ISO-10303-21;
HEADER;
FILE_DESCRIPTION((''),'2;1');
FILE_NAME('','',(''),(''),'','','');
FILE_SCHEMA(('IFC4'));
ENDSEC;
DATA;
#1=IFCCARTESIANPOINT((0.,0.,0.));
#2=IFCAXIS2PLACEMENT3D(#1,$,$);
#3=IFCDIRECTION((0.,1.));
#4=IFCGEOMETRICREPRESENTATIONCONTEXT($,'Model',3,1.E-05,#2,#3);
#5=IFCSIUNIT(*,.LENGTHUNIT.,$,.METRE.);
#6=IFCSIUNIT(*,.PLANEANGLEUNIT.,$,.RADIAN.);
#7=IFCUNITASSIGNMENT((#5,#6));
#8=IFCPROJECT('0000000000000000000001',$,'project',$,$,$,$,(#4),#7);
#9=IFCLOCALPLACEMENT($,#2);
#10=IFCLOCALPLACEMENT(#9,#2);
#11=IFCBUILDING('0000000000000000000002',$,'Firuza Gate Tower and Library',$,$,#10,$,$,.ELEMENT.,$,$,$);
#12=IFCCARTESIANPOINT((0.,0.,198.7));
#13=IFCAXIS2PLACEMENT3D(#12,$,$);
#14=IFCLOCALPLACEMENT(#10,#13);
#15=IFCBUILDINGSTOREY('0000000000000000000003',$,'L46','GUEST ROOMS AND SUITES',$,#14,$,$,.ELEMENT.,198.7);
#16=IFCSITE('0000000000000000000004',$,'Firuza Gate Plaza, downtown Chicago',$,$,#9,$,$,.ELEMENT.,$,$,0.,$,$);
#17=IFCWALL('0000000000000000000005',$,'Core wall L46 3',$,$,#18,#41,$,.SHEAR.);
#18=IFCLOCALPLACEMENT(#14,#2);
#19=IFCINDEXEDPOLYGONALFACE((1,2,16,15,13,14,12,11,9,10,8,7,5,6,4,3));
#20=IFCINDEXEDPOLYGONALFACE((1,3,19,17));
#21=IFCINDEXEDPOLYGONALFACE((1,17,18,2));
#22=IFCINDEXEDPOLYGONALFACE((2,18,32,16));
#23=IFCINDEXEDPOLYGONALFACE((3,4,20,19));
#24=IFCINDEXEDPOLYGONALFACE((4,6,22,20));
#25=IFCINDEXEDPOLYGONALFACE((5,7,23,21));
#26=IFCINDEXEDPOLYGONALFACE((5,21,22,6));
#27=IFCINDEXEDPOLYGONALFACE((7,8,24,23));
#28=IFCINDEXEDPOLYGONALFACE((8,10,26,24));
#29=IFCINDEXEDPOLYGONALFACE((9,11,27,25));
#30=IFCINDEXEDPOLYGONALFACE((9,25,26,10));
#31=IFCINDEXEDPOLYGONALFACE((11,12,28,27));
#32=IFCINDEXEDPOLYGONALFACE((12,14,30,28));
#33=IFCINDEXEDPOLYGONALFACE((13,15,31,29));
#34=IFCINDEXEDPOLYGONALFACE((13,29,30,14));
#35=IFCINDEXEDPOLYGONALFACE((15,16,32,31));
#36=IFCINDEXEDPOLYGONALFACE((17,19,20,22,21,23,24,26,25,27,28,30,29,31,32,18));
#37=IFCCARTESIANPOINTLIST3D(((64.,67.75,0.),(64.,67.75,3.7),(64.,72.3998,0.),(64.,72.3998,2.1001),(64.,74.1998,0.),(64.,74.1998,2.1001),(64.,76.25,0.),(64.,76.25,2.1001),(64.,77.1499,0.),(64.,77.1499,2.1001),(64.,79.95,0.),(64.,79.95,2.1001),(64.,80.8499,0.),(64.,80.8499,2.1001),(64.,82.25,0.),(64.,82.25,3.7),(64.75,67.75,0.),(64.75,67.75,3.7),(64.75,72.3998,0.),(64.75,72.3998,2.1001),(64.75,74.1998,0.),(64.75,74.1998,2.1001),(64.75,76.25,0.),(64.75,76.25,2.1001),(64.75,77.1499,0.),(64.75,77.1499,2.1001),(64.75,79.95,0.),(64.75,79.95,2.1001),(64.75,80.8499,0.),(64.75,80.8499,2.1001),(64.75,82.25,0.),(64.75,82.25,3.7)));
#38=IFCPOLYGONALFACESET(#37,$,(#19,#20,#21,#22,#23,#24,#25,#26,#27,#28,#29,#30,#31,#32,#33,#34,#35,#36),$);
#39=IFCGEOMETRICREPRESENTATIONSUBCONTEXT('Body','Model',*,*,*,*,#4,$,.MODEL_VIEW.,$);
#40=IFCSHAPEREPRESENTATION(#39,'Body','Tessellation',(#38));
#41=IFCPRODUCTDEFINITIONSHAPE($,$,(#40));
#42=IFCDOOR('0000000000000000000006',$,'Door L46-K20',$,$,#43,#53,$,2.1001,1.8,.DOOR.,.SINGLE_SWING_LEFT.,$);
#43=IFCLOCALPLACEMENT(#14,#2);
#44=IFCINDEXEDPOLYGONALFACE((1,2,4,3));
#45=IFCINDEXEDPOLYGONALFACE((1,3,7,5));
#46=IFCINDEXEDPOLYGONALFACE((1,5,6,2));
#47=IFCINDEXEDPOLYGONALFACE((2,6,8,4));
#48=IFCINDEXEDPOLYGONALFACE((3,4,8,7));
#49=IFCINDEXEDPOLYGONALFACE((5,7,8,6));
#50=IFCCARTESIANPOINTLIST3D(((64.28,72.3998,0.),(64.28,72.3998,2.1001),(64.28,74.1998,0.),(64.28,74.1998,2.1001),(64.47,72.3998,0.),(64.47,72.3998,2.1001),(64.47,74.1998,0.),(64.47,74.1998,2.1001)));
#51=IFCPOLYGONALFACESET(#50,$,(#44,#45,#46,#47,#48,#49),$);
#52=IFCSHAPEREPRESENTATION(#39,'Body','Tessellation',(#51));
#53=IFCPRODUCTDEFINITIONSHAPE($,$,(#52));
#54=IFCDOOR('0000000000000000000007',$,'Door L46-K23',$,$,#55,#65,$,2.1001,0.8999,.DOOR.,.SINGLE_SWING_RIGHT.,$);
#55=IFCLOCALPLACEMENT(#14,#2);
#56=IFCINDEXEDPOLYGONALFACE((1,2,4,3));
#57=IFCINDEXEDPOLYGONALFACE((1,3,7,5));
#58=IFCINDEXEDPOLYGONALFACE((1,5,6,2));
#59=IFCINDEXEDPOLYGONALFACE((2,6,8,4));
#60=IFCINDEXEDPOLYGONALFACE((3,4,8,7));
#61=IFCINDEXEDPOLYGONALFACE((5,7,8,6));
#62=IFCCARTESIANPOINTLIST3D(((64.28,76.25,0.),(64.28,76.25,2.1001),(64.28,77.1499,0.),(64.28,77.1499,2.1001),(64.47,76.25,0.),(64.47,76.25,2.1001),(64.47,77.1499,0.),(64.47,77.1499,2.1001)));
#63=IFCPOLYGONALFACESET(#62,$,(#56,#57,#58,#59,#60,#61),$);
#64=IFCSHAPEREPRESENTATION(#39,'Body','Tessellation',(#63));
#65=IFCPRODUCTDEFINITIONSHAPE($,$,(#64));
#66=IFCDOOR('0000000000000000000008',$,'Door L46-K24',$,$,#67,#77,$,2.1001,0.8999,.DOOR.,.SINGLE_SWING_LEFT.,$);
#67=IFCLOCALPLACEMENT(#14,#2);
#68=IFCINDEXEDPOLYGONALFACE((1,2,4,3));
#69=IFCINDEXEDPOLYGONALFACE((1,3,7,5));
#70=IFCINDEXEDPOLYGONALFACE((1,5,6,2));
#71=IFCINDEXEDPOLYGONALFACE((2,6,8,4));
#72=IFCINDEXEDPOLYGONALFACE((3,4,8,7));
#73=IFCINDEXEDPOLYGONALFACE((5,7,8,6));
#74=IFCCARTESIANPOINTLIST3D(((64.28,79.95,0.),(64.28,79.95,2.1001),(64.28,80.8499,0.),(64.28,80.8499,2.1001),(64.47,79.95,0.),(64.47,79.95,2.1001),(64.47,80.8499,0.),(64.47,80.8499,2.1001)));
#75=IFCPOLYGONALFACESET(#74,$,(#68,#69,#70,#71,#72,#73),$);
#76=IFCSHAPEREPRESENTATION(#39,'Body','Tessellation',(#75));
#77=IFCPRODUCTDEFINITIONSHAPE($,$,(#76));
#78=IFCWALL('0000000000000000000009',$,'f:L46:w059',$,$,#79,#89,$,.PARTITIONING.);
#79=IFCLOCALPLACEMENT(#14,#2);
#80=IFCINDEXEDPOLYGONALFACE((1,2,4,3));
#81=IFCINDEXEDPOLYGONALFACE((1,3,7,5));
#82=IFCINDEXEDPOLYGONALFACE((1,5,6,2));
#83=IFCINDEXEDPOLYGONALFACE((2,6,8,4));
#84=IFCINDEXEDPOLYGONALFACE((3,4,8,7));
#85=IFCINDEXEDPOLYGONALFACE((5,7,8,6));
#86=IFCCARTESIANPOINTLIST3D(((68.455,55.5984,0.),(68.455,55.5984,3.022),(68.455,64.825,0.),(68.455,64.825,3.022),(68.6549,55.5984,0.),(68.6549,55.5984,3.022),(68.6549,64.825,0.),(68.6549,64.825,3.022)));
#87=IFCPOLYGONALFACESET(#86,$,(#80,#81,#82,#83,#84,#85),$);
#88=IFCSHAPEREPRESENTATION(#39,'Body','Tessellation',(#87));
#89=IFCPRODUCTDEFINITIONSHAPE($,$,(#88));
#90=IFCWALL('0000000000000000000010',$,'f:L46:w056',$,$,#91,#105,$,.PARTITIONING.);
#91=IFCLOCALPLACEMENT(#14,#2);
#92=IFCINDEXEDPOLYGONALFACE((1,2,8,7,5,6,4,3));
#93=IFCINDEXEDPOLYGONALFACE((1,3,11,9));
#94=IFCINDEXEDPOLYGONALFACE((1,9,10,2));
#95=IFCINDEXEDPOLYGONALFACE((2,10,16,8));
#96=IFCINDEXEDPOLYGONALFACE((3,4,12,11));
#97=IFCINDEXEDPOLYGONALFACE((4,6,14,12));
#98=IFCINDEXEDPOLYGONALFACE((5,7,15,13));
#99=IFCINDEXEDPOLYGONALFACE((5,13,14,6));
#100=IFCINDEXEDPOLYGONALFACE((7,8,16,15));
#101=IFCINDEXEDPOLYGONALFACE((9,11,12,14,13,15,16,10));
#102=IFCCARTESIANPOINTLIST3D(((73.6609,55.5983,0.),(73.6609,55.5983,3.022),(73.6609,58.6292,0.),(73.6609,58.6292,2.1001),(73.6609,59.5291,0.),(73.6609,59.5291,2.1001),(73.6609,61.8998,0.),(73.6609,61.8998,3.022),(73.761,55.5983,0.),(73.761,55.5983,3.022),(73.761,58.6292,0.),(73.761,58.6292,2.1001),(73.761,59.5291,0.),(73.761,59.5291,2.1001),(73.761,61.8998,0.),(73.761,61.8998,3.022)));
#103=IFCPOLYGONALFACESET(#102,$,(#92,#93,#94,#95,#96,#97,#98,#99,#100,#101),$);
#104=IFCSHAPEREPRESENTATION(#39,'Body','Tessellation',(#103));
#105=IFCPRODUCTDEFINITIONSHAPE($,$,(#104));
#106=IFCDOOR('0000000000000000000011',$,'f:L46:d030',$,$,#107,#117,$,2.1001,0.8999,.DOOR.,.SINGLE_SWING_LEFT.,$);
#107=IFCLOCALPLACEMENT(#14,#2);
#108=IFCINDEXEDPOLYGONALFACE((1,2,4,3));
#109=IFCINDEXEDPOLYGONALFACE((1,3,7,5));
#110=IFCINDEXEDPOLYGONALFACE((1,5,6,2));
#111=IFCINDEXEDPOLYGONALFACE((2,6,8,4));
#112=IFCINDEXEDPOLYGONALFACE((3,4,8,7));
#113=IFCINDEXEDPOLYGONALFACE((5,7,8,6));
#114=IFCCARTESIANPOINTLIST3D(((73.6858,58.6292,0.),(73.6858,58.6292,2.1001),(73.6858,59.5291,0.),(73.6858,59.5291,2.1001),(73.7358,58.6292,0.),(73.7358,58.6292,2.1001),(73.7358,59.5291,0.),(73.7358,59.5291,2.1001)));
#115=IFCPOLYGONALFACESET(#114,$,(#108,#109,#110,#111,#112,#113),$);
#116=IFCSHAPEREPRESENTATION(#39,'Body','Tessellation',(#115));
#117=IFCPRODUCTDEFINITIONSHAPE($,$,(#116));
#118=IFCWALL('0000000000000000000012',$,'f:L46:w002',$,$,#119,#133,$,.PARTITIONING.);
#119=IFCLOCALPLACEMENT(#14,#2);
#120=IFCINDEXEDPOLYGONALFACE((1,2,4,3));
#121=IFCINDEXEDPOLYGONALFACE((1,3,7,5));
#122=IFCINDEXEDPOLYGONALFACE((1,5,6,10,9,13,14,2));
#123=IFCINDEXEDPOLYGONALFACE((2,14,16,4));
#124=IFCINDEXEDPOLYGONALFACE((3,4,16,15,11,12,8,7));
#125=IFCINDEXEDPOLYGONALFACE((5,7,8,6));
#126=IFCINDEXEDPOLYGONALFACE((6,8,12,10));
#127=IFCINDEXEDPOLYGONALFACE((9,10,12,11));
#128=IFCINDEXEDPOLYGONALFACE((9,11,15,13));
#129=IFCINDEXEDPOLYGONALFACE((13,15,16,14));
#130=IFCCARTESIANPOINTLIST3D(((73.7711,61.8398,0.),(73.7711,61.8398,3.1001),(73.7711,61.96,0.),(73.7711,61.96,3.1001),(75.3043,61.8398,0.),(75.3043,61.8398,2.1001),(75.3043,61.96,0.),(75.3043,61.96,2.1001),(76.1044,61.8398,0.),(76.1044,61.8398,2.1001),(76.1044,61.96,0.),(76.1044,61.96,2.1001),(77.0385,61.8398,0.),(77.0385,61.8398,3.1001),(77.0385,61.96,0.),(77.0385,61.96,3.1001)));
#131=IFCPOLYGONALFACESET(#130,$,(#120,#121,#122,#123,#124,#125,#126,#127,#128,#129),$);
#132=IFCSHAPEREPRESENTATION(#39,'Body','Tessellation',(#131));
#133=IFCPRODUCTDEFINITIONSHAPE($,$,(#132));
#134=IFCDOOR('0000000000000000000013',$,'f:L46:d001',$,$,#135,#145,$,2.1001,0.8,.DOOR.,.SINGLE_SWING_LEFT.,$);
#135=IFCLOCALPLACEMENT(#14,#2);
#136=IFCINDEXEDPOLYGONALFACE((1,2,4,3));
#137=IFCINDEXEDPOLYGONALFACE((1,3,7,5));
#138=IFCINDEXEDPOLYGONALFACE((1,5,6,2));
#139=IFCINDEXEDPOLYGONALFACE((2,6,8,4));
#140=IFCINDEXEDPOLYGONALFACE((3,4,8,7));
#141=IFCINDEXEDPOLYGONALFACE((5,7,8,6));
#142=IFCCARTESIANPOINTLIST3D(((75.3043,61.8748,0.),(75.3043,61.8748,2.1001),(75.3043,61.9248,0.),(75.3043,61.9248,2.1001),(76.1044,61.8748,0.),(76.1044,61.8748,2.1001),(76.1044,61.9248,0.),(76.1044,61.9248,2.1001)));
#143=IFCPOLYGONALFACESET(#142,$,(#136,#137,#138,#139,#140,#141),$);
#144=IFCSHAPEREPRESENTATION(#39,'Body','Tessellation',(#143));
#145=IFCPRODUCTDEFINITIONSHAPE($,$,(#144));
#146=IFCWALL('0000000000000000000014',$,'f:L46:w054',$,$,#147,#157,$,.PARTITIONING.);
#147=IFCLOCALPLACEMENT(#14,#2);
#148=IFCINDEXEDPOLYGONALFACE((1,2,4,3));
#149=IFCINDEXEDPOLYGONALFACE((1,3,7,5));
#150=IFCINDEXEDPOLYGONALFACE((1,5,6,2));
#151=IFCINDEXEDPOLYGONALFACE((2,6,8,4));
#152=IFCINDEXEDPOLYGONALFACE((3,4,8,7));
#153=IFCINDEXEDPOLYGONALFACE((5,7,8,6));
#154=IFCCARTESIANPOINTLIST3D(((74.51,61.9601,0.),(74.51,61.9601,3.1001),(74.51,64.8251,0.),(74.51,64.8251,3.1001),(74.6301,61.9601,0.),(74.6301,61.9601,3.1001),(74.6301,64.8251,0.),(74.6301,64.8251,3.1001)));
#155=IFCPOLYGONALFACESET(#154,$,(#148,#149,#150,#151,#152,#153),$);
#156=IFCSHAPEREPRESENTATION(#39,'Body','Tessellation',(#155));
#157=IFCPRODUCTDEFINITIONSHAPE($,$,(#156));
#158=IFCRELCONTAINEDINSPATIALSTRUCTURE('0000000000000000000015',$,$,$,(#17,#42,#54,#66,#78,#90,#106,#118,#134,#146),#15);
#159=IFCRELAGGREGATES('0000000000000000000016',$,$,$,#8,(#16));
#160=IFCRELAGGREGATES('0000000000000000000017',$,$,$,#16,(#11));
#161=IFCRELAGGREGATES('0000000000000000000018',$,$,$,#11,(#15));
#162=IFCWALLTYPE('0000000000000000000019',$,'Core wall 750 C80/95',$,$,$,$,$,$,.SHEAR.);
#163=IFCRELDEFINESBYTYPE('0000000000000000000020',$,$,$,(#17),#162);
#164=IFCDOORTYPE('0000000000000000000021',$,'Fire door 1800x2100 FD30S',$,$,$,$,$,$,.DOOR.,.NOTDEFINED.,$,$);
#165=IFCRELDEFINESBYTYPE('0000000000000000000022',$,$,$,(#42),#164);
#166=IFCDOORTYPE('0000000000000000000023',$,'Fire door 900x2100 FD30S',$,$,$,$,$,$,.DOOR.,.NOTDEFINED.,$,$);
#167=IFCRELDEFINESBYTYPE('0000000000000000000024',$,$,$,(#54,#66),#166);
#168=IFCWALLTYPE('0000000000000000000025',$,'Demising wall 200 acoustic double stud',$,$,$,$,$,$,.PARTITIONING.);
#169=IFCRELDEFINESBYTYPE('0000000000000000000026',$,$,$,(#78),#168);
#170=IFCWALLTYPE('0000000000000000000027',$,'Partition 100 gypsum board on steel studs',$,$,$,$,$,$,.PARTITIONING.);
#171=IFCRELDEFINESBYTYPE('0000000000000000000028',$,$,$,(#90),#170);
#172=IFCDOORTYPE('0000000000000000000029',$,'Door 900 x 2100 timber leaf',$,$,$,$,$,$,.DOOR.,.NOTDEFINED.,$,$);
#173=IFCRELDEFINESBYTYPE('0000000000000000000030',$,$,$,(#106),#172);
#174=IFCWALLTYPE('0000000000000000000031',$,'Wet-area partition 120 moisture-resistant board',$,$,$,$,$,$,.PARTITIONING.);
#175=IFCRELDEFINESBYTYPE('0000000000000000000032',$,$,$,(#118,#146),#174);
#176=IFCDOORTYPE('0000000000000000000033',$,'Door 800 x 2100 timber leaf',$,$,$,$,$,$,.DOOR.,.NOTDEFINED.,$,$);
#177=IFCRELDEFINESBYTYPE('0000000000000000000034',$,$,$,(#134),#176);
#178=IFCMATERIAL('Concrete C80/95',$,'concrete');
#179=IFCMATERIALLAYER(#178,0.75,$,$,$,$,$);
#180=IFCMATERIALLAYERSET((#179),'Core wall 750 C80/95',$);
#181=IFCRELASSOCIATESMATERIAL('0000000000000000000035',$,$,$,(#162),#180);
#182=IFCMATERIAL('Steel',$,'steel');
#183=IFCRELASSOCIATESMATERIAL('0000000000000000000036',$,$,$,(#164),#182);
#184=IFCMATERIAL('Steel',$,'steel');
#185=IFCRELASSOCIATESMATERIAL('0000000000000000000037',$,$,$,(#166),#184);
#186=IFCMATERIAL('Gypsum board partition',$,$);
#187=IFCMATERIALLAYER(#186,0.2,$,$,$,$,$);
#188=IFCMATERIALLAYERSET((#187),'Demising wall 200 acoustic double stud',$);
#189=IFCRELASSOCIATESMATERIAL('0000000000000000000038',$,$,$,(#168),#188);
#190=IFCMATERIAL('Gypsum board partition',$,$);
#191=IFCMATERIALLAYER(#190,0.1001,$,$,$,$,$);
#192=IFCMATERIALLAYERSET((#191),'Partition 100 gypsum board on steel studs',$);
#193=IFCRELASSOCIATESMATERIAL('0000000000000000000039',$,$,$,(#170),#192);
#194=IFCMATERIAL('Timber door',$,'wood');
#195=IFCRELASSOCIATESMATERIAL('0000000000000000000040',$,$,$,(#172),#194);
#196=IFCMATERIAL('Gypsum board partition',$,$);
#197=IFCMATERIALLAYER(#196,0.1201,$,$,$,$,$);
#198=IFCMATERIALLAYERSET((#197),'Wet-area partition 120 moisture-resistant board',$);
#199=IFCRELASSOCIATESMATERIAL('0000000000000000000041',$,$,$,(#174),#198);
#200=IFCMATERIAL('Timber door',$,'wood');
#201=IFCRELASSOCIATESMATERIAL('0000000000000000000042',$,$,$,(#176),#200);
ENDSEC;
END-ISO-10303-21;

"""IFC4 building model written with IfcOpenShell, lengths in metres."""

from ifc_helpers import new_model, si_unit, direction, frame, frame_2d, origin, place, context, subcontext, project, spatial, rectangle, extrude, material, layer, layer_set, type_object, element, fill, save


model = new_model("IFC4")

# Units and contexts
model_context = context("Model", 3, precision=1e-05, world=origin(), true_north=direction((0.0, 1.0)))
body_context = subcontext(model_context, "Body", "Model", "MODEL_VIEW")
ifc_project = project(units=[si_unit("LENGTHUNIT", "METRE"), si_unit("PLANEANGLEUNIT", "RADIAN")], contexts=[model_context])

# Site, building, storey
site_placement = place(None, origin())
site = spatial("IfcSite", under=ifc_project, at=site_placement, Name="Firuza Gate Plaza, downtown Chicago", CompositionType="ELEMENT", RefElevation=0.0)
building_placement = place(site_placement, origin())
building = spatial("IfcBuilding", under=site, at=building_placement, Name="Firuza Gate Tower and Library", CompositionType="ELEMENT")
storey_placement = place(building_placement, frame((0.0, 0.0, 198.7)))
storey = spatial("IfcBuildingStorey", under=building, at=storey_placement, Name="L46", Description="GUEST ROOMS AND SUITES", CompositionType="ELEMENT", Elevation=198.7)

# Wall, openings, doors
ifc_material_1 = material(Name="Concrete C80/95", Category="concrete")
ifc_layer_1 = layer(ifc_material_1, 0.75)
ifc_layer_set_1 = layer_set([ifc_layer_1], Name="Core wall 750 C80/95")
wall_type_1 = type_object("IfcWallType", Name="Core wall 750 C80/95", PredefinedType="SHEAR", material=ifc_layer_set_1)
wall_1_placement = place(storey_placement, frame((64.375, 67.75, 0.0), z_axis=(0.0, 0.0, 1.0), x_axis=(0.0, 1.0, 0.0)))
wall_1 = element("IfcWall", 1, at=wall_1_placement, inside=storey, type_object=wall_type_1, Name="Core wall L46 3", PredefinedType="SHEAR", context=body_context, shape_type="SweptSolid", body=[
    extrude(rectangle(XDim=14.5, YDim=0.75, at=frame_2d((7.25, 0.0))), origin(), (0.0, 0.0, 1.0), 3.7),
])
opening_1_placement = place(wall_1_placement, frame((4.6499, 0.0, 0.0)))
opening_1 = element("IfcOpeningElement", 2, at=opening_1_placement, cuts=wall_1, PredefinedType="OPENING", context=body_context, shape_type="SweptSolid", body=[
    extrude(rectangle(XDim=1.8, YDim=2.1001, at=frame_2d((0.8999, 1.05))), frame((0.0, 0.385, 0.0), z_axis=(0.0, -1.0, 0.0), x_axis=(1.0, 0.0, 0.0)), (0.0, 0.0, 1.0), 0.77),
])
opening_2_placement = place(wall_1_placement, frame((8.5, 0.0, 0.0)))
opening_2 = element("IfcOpeningElement", 3, at=opening_2_placement, cuts=wall_1, PredefinedType="OPENING", context=body_context, shape_type="SweptSolid", body=[
    extrude(rectangle(XDim=0.8999, YDim=2.1001, at=frame_2d((0.45, 1.05))), frame((0.0, 0.385, 0.0), z_axis=(0.0, -1.0, 0.0), x_axis=(1.0, 0.0, 0.0)), (0.0, 0.0, 1.0), 0.77),
])
opening_3_placement = place(wall_1_placement, frame((12.2, 0.0, 0.0)))
opening_3 = element("IfcOpeningElement", 4, at=opening_3_placement, cuts=wall_1, PredefinedType="OPENING", context=body_context, shape_type="SweptSolid", body=[
    extrude(rectangle(XDim=0.8999, YDim=2.1001, at=frame_2d((0.45, 1.05))), frame((0.0, 0.385, 0.0), z_axis=(0.0, -1.0, 0.0), x_axis=(1.0, 0.0, 0.0)), (0.0, 0.0, 1.0), 0.77),
])
ifc_material_2 = material(Name="Steel", Category="steel")
door_type_1 = type_object("IfcDoorType", Name="Fire door 1800x2100 FD30S", OperationType="NOTDEFINED", PredefinedType="DOOR", material=ifc_material_2)
door_1_placement = place(opening_1_placement, origin())
door_1 = element("IfcDoor", 5, at=door_1_placement, inside=storey, type_object=door_type_1, Name="Door L46-K20", OperationType="SINGLE_SWING_LEFT", OverallHeight=2.1001, OverallWidth=1.8, PredefinedType="DOOR", context=body_context, shape_type="SweptSolid", body=[
    extrude(rectangle(XDim=1.8, YDim=2.1001, at=frame_2d((0.8999, 1.05))), frame((0.0, 0.095, 0.0), z_axis=(0.0, -1.0, 0.0), x_axis=(1.0, 0.0, 0.0)), (0.0, 0.0, 1.0), 0.1899),
])
fill(opening_1, door_1)
ifc_material_3 = material(Name="Steel", Category="steel")
door_type_2 = type_object("IfcDoorType", Name="Fire door 900x2100 FD30S", OperationType="NOTDEFINED", PredefinedType="DOOR", material=ifc_material_3)
door_2_placement = place(opening_2_placement, origin())
door_2 = element("IfcDoor", 6, at=door_2_placement, inside=storey, type_object=door_type_2, Name="Door L46-K23", OperationType="SINGLE_SWING_RIGHT", OverallHeight=2.1001, OverallWidth=0.8999, PredefinedType="DOOR", context=body_context, shape_type="SweptSolid", body=[
    extrude(rectangle(XDim=0.8999, YDim=2.1001, at=frame_2d((0.45, 1.05))), frame((0.0, 0.095, 0.0), z_axis=(0.0, -1.0, 0.0), x_axis=(1.0, 0.0, 0.0)), (0.0, 0.0, 1.0), 0.1899),
])
fill(opening_2, door_2)
door_3_placement = place(opening_3_placement, origin())
door_3 = element("IfcDoor", 7, at=door_3_placement, inside=storey, type_object=door_type_2, Name="Door L46-K24", OperationType="SINGLE_SWING_LEFT", OverallHeight=2.1001, OverallWidth=0.8999, PredefinedType="DOOR", context=body_context, shape_type="SweptSolid", body=[
    extrude(rectangle(XDim=0.8999, YDim=2.1001, at=frame_2d((0.45, 1.05))), frame((0.0, 0.095, 0.0), z_axis=(0.0, -1.0, 0.0), x_axis=(1.0, 0.0, 0.0)), (0.0, 0.0, 1.0), 0.1899),
])
fill(opening_3, door_3)

# Wall
ifc_material_4 = material(Name="Gypsum board partition")
ifc_layer_2 = layer(ifc_material_4, 0.2)
ifc_layer_set_2 = layer_set([ifc_layer_2], Name="Demising wall 200 acoustic double stud")
wall_type_2 = type_object("IfcWallType", Name="Demising wall 200 acoustic double stud", PredefinedType="PARTITIONING", material=ifc_layer_set_2)
wall_2_placement = place(storey_placement, frame((68.5549, 55.5984, 0.0), z_axis=(0.0, 0.0, 1.0), x_axis=(0.0, 1.0, 0.0)))
element("IfcWall", 8, at=wall_2_placement, inside=storey, type_object=wall_type_2, Name="f:L46:w059", PredefinedType="PARTITIONING", context=body_context, shape_type="SweptSolid", body=[
    extrude(rectangle(XDim=9.2266, YDim=0.2, at=frame_2d((4.6133, 0.0))), origin(), (0.0, 0.0, 1.0), 3.022),
])

# Walls, openings, doors
ifc_material_5 = material(Name="Gypsum board partition")
ifc_layer_3 = layer(ifc_material_5, 0.1001)
ifc_layer_set_3 = layer_set([ifc_layer_3], Name="Partition 100 gypsum board on steel studs")
wall_type_3 = type_object("IfcWallType", Name="Partition 100 gypsum board on steel studs", PredefinedType="PARTITIONING", material=ifc_layer_set_3)
wall_3_placement = place(storey_placement, frame((73.7109, 61.8999, 0.0), z_axis=(0.0, 0.0, 1.0), x_axis=(0.0, -1.0, 0.0)))
wall_3 = element("IfcWall", 9, at=wall_3_placement, inside=storey, type_object=wall_type_3, Name="f:L46:w056", PredefinedType="PARTITIONING", context=body_context, shape_type="SweptSolid", body=[
    extrude(rectangle(XDim=6.3015, YDim=0.1001, at=frame_2d((3.1509, 0.0))), origin(), (0.0, 0.0, 1.0), 3.022),
])
opening_4_placement = place(wall_3_placement, frame((2.3708, 0.0, 0.0)))
opening_4 = element("IfcOpeningElement", 10, at=opening_4_placement, cuts=wall_3, PredefinedType="OPENING", context=body_context, shape_type="SweptSolid", body=[
    extrude(rectangle(XDim=0.8999, YDim=2.1001, at=frame_2d((0.45, 1.05))), frame((0.0, 0.0601, 0.0), z_axis=(0.0, -1.0, 0.0), x_axis=(1.0, 0.0, 0.0)), (0.0, 0.0, 1.0), 0.1201),
])
ifc_material_6 = material(Name="Timber door", Category="wood")
door_type_3 = type_object("IfcDoorType", Name="Door 900 x 2100 timber leaf", OperationType="NOTDEFINED", PredefinedType="DOOR", material=ifc_material_6)
door_4_placement = place(opening_4_placement, origin())
door_4 = element("IfcDoor", 11, at=door_4_placement, inside=storey, type_object=door_type_3, Name="f:L46:d030", OperationType="SINGLE_SWING_LEFT", OverallHeight=2.1001, OverallWidth=0.8999, PredefinedType="DOOR", context=body_context, shape_type="SweptSolid", body=[
    extrude(rectangle(XDim=0.8999, YDim=2.1001, at=frame_2d((0.45, 1.05))), frame((0.0, 0.0249, 0.0), z_axis=(0.0, -1.0, 0.0), x_axis=(1.0, 0.0, 0.0)), (0.0, 0.0, 1.0), 0.05),
])
fill(opening_4, door_4)
ifc_material_7 = material(Name="Gypsum board partition")
ifc_layer_4 = layer(ifc_material_7, 0.1201)
ifc_layer_set_4 = layer_set([ifc_layer_4], Name="Wet-area partition 120 moisture-resistant board")
wall_type_4 = type_object("IfcWallType", Name="Wet-area partition 120 moisture-resistant board", PredefinedType="PARTITIONING", material=ifc_layer_set_4)
wall_4_placement = place(storey_placement, frame((73.771, 61.8999, 0.0), z_axis=(0.0, 0.0, 1.0), x_axis=(1.0, 0.0, 0.0)))
wall_4 = element("IfcWall", 12, at=wall_4_placement, inside=storey, type_object=wall_type_4, Name="f:L46:w002", PredefinedType="PARTITIONING", context=body_context, shape_type="SweptSolid", body=[
    extrude(rectangle(XDim=3.2673, YDim=0.1201, at=frame_2d((1.6338, 0.0))), origin(), (0.0, 0.0, 1.0), 3.1001),
])
opening_5_placement = place(wall_4_placement, frame((1.5334, 0.0, 0.0)))
opening_5 = element("IfcOpeningElement", 13, at=opening_5_placement, cuts=wall_4, PredefinedType="OPENING", context=body_context, shape_type="SweptSolid", body=[
    extrude(rectangle(XDim=0.8, YDim=2.1001, at=frame_2d((0.3999, 1.05))), frame((0.0, 0.0701, 0.0), z_axis=(0.0, -1.0, 0.0), x_axis=(1.0, 0.0, 0.0)), (0.0, 0.0, 1.0), 0.1401),
])
ifc_material_8 = material(Name="Timber door", Category="wood")
door_type_4 = type_object("IfcDoorType", Name="Door 800 x 2100 timber leaf", OperationType="NOTDEFINED", PredefinedType="DOOR", material=ifc_material_8)
door_5_placement = place(opening_5_placement, origin())
door_5 = element("IfcDoor", 14, at=door_5_placement, inside=storey, type_object=door_type_4, Name="f:L46:d001", OperationType="SINGLE_SWING_LEFT", OverallHeight=2.1001, OverallWidth=0.8, PredefinedType="DOOR", context=body_context, shape_type="SweptSolid", body=[
    extrude(rectangle(XDim=0.8, YDim=2.1001, at=frame_2d((0.3999, 1.05))), frame((0.0, 0.0249, 0.0), z_axis=(0.0, -1.0, 0.0), x_axis=(1.0, 0.0, 0.0)), (0.0, 0.0, 1.0), 0.05),
])
fill(opening_5, door_5)

# Wall
wall_5_placement = place(storey_placement, frame((74.5701, 61.96, 0.0), z_axis=(0.0, 0.0, 1.0), x_axis=(0.0, 1.0, 0.0)))
element("IfcWall", 15, at=wall_5_placement, inside=storey, type_object=wall_type_4, Name="f:L46:w054", PredefinedType="PARTITIONING", context=body_context, shape_type="SweptSolid", body=[
    extrude(rectangle(XDim=2.865, YDim=0.1201, at=frame_2d((1.4326, 0.0))), origin(), (0.0, 0.0, 1.0), 3.1001),
])

save(model, "model.ifc")
